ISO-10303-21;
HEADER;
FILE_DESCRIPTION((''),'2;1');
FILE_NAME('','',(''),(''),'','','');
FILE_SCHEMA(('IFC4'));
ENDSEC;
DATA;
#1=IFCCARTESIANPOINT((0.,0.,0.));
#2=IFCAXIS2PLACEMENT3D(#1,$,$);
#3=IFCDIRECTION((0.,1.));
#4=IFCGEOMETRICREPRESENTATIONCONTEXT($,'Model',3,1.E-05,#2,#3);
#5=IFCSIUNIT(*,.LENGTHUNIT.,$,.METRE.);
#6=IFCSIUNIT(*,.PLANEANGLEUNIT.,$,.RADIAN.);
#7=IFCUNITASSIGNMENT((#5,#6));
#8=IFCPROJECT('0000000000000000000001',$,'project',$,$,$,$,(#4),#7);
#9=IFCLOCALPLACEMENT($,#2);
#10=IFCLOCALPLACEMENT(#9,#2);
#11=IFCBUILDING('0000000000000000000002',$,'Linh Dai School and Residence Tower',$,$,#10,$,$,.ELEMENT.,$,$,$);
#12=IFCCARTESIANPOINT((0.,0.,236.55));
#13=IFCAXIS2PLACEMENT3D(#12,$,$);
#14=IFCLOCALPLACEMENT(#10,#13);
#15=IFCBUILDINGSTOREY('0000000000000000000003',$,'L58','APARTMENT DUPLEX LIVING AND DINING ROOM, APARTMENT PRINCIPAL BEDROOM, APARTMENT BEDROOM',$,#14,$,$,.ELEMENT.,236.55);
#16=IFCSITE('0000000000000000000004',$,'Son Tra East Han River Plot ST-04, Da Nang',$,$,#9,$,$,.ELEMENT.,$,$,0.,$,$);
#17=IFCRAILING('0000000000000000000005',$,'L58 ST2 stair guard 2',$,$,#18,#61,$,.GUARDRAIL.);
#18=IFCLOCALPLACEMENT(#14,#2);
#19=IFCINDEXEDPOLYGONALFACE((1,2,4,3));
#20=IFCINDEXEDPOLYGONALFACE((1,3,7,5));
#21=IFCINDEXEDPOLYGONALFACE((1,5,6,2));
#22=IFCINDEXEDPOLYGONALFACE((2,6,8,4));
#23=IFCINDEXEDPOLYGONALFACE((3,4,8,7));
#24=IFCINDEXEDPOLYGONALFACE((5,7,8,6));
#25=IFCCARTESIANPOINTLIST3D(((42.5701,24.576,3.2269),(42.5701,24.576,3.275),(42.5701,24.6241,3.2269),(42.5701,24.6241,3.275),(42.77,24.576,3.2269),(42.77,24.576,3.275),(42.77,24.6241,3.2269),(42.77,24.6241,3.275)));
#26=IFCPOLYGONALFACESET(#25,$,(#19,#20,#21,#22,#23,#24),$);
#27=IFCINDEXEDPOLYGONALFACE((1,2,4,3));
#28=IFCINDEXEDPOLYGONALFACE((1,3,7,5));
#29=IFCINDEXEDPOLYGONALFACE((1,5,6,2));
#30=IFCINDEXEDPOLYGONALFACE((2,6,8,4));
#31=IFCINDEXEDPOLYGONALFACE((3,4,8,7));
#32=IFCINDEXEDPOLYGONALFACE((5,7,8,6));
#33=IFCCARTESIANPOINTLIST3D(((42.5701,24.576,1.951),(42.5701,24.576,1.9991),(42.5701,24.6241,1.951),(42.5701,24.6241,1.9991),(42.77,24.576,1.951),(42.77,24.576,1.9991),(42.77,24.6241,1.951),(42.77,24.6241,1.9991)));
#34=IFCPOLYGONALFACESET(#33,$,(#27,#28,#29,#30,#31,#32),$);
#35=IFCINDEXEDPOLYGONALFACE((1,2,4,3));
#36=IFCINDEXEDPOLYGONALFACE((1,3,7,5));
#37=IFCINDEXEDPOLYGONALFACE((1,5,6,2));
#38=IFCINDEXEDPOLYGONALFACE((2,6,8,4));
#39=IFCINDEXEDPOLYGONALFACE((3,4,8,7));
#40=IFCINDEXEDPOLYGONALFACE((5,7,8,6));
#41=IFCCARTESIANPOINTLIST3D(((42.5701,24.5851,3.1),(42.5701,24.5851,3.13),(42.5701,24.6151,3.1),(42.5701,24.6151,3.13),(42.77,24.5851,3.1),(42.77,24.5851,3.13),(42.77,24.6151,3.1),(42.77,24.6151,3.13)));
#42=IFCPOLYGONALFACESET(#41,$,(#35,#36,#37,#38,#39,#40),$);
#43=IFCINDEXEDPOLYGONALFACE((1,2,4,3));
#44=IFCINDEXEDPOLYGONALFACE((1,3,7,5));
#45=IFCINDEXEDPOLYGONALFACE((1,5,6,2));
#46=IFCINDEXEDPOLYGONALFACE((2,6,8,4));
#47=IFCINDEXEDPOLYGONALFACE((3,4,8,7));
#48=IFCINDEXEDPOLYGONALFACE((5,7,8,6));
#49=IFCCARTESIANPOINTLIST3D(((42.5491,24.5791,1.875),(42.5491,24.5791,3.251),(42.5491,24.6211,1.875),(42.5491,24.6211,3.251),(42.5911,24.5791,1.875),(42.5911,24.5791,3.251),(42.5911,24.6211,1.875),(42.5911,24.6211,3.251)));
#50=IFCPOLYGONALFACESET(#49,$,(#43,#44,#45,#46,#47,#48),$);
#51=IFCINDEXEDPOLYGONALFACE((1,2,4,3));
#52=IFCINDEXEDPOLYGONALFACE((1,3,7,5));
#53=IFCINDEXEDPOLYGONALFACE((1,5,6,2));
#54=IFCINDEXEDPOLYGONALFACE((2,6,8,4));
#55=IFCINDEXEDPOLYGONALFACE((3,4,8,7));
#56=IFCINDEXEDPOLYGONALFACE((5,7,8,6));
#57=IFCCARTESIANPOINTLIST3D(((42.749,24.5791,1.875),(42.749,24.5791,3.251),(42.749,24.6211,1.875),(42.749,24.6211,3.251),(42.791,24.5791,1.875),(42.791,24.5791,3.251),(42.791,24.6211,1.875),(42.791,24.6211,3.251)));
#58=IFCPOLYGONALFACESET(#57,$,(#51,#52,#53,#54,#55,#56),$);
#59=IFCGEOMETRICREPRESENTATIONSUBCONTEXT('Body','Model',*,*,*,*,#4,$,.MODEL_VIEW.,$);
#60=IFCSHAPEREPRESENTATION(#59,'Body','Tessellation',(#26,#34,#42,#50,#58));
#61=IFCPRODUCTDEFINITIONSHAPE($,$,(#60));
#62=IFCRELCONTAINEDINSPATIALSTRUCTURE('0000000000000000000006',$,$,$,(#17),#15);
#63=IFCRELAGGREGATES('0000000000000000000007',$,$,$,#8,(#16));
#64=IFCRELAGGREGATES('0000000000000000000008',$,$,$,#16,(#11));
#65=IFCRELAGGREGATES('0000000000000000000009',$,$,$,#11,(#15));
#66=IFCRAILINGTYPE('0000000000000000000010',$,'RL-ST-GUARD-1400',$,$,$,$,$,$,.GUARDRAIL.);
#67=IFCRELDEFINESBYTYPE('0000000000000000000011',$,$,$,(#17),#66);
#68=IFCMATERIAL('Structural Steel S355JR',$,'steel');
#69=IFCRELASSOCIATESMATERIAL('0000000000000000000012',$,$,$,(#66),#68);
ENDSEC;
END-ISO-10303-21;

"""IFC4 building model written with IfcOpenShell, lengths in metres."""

from ifc_helpers import new_model, si_unit, direction, frame, origin, origin_2d, place, context, subcontext, project, spatial, rectangle, extrude, source, transform, mapped, material, type_object, element, save


model = new_model("IFC4")

# Units and contexts
model_context = context("Model", 3, precision=1e-05, world=origin(), true_north=direction((0.0, 1.0)))
body_context = subcontext(model_context, "Body", "Model", "MODEL_VIEW")
ifc_project = project(units=[si_unit("LENGTHUNIT", "METRE"), si_unit("PLANEANGLEUNIT", "RADIAN")], contexts=[model_context])

# Site, building, storey
site_placement = place(None, origin())
site = spatial("IfcSite", under=ifc_project, at=site_placement, Name="Son Tra East Han River Plot ST-04, Da Nang", CompositionType="ELEMENT", RefElevation=0.0)
building_placement = place(site_placement, origin())
building = spatial("IfcBuilding", under=site, at=building_placement, Name="Linh Dai School and Residence Tower", CompositionType="ELEMENT")
storey_placement = place(building_placement, frame((0.0, 0.0, 236.55)))
storey = spatial("IfcBuildingStorey", under=building, at=storey_placement, Name="L58", Description="APARTMENT DUPLEX LIVING AND DINING ROOM, APARTMENT PRINCIPAL BEDROOM, APARTMENT BEDROOM", CompositionType="ELEMENT", Elevation=236.55)

# Shared definitions
ifc_material_1 = material(Name="Structural Steel S355JR", Category="steel")

# Railing
railing_type_1 = type_object("IfcRailingType", Name="RL-ST-GUARD-1400", PredefinedType="GUARDRAIL", material=ifc_material_1)
shared_shape_1 = source(origin(), body_context, "Body", "SweptSolid", [
    extrude(rectangle(XDim=0.0481, YDim=0.0481, at=origin_2d()), frame((0.0, 0.0, 1.376), z_axis=(1.0, 0.0, 0.0), x_axis=(0.0, 1.0, 0.0)), (0.0, 0.0, 1.0), 0.2),
    extrude(rectangle(XDim=0.0481, YDim=0.0481, at=origin_2d()), frame((0.0, 0.0, 0.1001), z_axis=(1.0, 0.0, 0.0), x_axis=(0.0, 1.0, 0.0)), (0.0, 0.0, 1.0), 0.2),
    extrude(rectangle(XDim=0.03, YDim=0.03, at=origin_2d()), frame((0.0, 0.0, 1.24), z_axis=(1.0, 0.0, 0.0), x_axis=(0.0, 1.0, 0.0)), (0.0, 0.0, 1.0), 0.2),
    extrude(rectangle(XDim=0.042, YDim=0.042, at=origin_2d()), origin(), (0.0, 0.0, 1.0), 1.376),
    extrude(rectangle(XDim=0.042, YDim=0.042, at=origin_2d()), frame((0.2, 0.0, 0.0)), (0.0, 0.0, 1.0), 1.376),
])
railing_1_placement = place(storey_placement, frame((42.5701, 24.6001, 1.875)))
element("IfcRailing", 1, at=railing_1_placement, inside=storey, type_object=railing_type_1, Name="L58 ST2 stair guard 2", PredefinedType="GUARDRAIL", context=body_context, shape_type="MappedRepresentation", body=[
    mapped(shared_shape_1, transform((0.0, 0.0, 0.0), x_axis=(1.0, 0.0, 0.0), y_axis=(0.0, 1.0, 0.0), z_axis=(0.0, 0.0, 1.0), scale=1.0)),
])

save(model, "model.ifc")
